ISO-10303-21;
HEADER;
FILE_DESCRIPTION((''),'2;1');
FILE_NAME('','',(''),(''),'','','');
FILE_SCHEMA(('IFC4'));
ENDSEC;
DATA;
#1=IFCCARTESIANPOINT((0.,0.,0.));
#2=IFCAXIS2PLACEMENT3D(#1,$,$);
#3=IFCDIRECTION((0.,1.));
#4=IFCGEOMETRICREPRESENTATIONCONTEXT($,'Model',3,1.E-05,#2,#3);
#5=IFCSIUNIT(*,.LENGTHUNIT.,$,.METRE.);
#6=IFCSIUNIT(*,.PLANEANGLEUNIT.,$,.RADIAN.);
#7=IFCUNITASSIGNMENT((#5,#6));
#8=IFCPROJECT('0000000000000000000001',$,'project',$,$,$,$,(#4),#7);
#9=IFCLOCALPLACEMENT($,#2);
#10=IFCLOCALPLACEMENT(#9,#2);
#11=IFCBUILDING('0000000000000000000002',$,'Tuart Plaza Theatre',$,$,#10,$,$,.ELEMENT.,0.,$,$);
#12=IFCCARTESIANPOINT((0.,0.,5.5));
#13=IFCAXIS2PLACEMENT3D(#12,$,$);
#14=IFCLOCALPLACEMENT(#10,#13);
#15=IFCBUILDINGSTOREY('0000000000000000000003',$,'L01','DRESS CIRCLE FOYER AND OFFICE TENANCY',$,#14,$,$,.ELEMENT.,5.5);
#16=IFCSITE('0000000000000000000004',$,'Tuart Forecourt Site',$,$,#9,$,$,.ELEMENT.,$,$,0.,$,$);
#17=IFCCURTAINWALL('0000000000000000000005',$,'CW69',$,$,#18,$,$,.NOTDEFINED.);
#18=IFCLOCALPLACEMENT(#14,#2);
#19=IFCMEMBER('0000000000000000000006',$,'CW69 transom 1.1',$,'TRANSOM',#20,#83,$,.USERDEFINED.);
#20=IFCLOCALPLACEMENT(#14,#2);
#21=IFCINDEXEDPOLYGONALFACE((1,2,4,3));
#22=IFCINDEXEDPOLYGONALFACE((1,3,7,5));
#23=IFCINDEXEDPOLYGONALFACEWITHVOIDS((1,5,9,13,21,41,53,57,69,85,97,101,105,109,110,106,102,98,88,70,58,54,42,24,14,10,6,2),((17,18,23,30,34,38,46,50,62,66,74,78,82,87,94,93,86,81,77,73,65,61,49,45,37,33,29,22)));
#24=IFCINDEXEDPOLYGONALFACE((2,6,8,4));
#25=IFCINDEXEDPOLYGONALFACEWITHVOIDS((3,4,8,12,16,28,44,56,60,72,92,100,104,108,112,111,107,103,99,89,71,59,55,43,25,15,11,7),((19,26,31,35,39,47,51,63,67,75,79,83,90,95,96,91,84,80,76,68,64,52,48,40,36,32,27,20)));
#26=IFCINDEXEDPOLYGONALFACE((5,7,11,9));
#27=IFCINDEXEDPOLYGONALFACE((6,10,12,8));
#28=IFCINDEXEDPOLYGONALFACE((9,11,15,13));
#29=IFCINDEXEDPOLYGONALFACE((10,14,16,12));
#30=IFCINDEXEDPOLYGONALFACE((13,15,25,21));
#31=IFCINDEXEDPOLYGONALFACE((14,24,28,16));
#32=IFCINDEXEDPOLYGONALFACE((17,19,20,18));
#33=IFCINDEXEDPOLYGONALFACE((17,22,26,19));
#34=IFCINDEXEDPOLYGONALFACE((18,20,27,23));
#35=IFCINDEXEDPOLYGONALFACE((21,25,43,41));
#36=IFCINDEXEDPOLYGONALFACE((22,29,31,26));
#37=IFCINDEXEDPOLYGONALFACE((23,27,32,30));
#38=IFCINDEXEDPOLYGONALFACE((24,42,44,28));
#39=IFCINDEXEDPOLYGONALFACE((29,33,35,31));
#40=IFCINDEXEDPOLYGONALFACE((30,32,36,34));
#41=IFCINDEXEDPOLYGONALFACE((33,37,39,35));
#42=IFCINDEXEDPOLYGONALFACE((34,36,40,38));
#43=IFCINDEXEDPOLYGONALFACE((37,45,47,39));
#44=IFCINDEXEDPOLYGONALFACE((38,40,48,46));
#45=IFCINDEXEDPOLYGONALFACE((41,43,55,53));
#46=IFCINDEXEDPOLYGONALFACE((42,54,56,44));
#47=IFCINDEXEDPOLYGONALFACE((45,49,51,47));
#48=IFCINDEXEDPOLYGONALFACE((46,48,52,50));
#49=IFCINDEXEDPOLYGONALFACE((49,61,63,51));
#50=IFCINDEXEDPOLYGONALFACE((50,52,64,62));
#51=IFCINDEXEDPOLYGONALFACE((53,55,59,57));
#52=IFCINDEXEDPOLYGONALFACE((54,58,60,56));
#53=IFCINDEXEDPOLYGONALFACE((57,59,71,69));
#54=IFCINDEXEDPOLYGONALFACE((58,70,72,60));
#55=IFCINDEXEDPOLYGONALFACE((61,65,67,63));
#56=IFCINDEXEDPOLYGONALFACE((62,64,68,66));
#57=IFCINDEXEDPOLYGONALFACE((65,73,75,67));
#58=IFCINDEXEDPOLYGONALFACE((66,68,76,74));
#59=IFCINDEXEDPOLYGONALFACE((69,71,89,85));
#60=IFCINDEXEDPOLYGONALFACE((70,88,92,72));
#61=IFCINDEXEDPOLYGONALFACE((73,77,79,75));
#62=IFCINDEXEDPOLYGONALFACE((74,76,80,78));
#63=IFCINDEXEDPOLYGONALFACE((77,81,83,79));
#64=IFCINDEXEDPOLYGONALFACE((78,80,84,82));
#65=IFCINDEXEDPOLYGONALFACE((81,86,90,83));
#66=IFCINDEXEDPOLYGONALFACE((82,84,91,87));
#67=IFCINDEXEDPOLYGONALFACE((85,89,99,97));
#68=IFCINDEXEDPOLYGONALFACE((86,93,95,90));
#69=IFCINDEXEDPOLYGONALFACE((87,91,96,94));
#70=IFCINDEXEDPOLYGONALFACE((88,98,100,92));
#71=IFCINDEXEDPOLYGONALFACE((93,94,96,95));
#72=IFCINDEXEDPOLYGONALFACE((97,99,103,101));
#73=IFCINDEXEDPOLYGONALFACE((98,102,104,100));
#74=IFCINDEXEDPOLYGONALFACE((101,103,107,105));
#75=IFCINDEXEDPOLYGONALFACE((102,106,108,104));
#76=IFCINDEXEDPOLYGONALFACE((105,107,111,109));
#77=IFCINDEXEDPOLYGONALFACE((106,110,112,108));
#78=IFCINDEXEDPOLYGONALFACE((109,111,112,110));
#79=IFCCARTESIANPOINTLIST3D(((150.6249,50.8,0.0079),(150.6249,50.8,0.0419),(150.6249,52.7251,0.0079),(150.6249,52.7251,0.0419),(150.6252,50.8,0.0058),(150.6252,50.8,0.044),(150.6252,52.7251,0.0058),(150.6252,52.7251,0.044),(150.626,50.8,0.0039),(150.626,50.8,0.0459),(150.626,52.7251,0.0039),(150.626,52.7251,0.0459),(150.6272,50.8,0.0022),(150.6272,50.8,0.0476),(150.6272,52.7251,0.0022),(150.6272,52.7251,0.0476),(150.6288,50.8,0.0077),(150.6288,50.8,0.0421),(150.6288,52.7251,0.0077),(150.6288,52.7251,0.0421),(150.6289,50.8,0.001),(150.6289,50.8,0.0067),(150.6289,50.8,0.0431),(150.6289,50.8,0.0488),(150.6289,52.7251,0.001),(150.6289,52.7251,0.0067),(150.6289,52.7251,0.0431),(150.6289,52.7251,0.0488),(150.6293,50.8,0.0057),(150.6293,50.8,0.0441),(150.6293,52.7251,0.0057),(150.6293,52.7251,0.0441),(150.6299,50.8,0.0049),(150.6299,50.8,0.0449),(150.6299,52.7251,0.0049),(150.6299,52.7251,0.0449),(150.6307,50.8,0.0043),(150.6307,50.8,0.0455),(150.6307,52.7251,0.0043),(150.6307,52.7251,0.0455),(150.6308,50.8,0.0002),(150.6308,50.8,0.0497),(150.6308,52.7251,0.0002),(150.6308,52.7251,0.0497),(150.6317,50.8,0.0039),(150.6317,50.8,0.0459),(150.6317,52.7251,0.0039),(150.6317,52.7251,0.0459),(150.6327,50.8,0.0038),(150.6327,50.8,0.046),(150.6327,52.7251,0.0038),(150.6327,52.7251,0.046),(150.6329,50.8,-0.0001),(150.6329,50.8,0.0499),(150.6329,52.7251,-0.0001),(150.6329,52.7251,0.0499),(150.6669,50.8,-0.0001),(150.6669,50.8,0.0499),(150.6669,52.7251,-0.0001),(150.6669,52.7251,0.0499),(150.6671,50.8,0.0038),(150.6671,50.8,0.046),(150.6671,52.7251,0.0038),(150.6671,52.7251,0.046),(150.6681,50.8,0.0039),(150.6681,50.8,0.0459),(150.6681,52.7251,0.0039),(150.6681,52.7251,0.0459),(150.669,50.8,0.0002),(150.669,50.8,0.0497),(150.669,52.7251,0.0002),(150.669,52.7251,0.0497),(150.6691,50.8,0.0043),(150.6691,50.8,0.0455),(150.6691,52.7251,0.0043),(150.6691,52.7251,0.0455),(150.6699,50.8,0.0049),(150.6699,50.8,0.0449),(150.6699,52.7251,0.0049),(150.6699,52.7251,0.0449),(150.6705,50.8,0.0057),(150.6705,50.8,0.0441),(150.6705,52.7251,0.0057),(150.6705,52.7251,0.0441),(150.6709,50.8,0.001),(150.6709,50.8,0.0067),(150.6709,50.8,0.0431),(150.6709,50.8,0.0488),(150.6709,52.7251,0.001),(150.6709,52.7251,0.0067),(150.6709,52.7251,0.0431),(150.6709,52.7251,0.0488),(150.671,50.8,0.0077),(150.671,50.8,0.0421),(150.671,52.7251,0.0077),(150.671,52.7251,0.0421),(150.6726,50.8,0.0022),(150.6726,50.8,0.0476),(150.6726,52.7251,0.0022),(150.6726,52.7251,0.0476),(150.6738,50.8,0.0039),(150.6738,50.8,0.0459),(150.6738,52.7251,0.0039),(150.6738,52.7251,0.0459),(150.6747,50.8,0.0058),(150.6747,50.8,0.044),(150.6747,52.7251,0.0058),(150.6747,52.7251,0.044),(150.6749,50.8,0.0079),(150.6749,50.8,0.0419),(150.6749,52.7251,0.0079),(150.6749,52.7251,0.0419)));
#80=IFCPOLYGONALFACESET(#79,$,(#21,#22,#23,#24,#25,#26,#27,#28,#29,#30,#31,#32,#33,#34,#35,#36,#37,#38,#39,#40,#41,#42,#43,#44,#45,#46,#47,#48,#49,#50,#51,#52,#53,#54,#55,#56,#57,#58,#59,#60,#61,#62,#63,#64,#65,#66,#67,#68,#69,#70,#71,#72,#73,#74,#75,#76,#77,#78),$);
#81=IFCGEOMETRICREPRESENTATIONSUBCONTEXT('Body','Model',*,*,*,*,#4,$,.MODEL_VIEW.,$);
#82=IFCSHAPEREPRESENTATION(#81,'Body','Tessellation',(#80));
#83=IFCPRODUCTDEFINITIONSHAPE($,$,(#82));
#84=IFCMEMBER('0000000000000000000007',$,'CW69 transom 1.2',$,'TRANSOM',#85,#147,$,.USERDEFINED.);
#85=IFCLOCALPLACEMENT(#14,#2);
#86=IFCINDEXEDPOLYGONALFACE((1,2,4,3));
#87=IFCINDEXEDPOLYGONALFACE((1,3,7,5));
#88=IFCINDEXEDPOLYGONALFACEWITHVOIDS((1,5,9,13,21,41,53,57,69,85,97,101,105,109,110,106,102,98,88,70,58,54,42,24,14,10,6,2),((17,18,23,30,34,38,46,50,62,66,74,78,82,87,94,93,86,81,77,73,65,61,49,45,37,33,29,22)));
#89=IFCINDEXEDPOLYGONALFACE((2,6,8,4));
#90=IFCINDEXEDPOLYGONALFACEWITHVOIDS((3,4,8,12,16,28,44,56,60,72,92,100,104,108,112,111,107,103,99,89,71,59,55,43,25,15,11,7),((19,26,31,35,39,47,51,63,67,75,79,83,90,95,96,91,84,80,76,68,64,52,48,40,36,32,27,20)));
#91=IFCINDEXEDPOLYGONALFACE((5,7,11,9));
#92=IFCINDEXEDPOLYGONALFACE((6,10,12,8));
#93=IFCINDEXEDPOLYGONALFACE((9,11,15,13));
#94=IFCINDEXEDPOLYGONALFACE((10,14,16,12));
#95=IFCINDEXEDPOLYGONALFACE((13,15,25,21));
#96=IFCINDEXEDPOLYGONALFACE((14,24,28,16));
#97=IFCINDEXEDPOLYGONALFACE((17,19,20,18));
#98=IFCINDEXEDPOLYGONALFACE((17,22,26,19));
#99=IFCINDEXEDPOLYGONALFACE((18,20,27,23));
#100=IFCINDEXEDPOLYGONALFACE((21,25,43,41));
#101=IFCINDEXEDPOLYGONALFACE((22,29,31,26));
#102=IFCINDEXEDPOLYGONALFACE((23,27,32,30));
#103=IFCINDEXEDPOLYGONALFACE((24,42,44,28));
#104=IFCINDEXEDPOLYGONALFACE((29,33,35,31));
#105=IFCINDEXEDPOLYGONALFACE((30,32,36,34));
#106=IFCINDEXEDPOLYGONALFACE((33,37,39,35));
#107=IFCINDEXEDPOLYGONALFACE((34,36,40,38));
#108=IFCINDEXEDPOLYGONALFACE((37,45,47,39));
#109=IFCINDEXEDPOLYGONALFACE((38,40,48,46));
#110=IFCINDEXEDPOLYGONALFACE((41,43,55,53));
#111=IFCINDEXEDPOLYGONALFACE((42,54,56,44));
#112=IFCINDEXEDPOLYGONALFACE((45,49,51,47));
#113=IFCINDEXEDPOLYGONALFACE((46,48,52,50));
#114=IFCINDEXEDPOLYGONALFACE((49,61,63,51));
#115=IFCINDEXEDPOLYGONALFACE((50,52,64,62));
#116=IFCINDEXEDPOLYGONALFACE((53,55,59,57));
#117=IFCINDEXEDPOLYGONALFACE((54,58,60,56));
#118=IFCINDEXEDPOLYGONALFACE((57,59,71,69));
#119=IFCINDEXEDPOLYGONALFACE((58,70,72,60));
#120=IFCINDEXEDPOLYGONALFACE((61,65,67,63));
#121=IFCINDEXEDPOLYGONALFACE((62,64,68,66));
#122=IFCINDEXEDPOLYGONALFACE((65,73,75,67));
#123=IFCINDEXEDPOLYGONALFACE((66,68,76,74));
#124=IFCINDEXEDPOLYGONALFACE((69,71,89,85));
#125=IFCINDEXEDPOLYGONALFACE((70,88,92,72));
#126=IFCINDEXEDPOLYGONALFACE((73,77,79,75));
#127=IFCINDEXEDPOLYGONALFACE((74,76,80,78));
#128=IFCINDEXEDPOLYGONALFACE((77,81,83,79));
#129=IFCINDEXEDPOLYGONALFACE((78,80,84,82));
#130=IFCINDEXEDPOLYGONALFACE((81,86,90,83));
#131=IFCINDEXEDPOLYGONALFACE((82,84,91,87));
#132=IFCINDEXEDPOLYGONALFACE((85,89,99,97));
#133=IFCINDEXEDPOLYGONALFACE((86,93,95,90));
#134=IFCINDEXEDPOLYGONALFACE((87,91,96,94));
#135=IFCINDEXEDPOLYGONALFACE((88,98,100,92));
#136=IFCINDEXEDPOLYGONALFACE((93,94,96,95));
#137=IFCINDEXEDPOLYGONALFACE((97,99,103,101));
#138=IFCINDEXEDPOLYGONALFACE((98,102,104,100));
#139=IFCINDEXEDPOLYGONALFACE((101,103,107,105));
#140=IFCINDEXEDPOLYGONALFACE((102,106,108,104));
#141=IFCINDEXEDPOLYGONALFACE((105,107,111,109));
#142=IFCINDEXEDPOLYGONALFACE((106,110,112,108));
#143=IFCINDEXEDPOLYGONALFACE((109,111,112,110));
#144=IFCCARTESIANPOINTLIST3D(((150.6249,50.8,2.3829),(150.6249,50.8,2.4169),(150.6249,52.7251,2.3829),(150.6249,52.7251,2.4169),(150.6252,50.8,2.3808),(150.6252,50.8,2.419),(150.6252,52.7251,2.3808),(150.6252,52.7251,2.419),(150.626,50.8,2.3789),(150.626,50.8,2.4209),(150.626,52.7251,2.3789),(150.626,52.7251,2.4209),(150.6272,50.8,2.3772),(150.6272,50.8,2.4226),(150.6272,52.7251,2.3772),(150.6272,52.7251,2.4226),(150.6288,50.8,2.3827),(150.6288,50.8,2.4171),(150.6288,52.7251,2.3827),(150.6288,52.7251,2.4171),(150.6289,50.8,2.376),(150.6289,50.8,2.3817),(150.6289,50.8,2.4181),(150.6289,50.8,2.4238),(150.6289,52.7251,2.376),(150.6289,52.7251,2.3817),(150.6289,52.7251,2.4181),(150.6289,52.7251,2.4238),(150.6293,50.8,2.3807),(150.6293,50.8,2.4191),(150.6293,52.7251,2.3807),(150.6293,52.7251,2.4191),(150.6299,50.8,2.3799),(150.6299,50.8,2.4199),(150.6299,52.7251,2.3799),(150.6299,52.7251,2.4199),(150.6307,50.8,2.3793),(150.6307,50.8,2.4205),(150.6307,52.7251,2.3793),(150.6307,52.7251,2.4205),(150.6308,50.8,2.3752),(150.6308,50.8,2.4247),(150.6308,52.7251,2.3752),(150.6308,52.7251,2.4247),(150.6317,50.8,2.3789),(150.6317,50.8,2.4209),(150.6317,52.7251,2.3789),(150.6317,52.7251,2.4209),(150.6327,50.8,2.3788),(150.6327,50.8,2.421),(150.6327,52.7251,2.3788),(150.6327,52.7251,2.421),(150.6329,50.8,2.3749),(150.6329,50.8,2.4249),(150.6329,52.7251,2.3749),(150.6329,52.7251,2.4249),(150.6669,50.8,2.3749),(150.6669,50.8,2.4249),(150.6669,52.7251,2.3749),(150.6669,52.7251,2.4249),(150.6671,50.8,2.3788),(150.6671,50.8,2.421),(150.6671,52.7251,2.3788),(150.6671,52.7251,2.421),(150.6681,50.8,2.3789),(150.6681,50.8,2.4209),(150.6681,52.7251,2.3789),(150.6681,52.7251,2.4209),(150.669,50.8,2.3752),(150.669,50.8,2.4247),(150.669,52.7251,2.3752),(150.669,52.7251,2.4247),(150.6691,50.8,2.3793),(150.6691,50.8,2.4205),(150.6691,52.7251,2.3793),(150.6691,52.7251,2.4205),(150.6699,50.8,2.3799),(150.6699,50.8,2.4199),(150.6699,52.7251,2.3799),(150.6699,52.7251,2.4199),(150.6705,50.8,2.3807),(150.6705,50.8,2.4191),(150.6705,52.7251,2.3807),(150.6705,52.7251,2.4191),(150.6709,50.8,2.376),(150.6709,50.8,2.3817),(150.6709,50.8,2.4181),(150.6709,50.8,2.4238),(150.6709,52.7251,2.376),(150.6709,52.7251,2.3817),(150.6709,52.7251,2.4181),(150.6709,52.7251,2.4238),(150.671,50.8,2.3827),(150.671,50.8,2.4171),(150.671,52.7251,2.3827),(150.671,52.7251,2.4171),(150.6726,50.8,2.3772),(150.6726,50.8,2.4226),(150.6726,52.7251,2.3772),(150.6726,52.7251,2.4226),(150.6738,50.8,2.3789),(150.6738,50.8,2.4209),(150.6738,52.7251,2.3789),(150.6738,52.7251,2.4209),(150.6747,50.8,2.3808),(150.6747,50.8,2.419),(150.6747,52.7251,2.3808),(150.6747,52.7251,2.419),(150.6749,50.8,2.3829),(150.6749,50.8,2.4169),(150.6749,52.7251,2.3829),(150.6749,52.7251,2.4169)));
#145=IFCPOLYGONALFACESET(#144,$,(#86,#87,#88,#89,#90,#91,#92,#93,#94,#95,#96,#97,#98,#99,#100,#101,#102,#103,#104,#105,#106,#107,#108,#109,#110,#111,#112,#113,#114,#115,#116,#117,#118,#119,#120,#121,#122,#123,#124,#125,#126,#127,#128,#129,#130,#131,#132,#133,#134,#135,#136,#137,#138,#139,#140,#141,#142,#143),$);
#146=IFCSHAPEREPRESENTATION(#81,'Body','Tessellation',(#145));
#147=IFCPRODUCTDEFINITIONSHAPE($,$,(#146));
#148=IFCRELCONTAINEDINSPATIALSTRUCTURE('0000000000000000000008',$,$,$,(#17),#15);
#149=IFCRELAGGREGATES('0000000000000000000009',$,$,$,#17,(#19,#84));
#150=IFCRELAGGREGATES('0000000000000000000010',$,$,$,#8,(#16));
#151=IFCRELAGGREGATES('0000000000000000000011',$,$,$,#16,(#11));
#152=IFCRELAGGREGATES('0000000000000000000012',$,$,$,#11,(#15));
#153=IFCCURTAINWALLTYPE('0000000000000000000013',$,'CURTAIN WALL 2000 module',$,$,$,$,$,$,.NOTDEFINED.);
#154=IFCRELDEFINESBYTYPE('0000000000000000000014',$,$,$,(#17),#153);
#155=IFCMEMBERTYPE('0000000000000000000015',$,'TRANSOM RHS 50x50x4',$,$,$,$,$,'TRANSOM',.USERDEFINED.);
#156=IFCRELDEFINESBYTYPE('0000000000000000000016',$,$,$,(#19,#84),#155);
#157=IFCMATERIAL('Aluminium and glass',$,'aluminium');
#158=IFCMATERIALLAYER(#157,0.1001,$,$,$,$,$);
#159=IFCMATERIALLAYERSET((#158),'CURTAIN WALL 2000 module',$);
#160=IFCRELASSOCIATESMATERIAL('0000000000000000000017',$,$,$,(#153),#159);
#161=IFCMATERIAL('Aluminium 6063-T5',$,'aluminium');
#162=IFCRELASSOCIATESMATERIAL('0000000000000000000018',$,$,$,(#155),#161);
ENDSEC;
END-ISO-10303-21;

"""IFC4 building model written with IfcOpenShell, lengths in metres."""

from ifc_helpers import new_model, si_unit, direction, frame, origin, origin_2d, place, context, subcontext, project, spatial, hollow_rectangle, extrude, material, layer, layer_set, material_profile, profile_set, type_object, element, aggregate, save


model = new_model("IFC4")

# Units and contexts
model_context = context("Model", 3, precision=1e-05, world=origin(), true_north=direction((0.0, 1.0)))
body_context = subcontext(model_context, "Body", "Model", "MODEL_VIEW")
ifc_project = project(units=[si_unit("LENGTHUNIT", "METRE"), si_unit("PLANEANGLEUNIT", "RADIAN")], contexts=[model_context])

# Site, building, storey
site_placement = place(None, origin())
site = spatial("IfcSite", under=ifc_project, at=site_placement, Name="Tuart Forecourt Site", CompositionType="ELEMENT", RefElevation=0.0)
building_placement = place(site_placement, origin())
building = spatial("IfcBuilding", under=site, at=building_placement, Name="Tuart Plaza Theatre", CompositionType="ELEMENT", ElevationOfRefHeight=0.0)
storey_placement = place(building_placement, frame((0.0, 0.0, 5.5)))
storey = spatial("IfcBuildingStorey", under=building, at=storey_placement, Name="L01", Description="DRESS CIRCLE FOYER AND OFFICE TENANCY", CompositionType="ELEMENT", Elevation=5.5)

# Curtain wall, members
ifc_material_1 = material(Name="Aluminium and glass", Category="aluminium")
ifc_layer_1 = layer(ifc_material_1, 0.1001)
ifc_layer_set_1 = layer_set([ifc_layer_1], Name="CURTAIN WALL 2000 module")
curtain_wall_type = type_object("IfcCurtainWallType", Name="CURTAIN WALL 2000 module", PredefinedType="NOTDEFINED", material=ifc_layer_set_1)
curtain_wall_placement = place(storey_placement, origin())
curtain_wall = element("IfcCurtainWall", 1, at=curtain_wall_placement, inside=storey, type_object=curtain_wall_type, Name="CW69", PredefinedType="NOTDEFINED")
ifc_material_2 = material(Name="Aluminium 6063-T5", Category="aluminium")
ifc_material_profile_1 = material_profile(ifc_material_2, hollow_rectangle(XDim=0.05, YDim=0.05, WallThickness=0.0039, InnerFilletRadius=0.0039, OuterFilletRadius=0.0081, at=origin_2d()), Name="RHS 50x50x4")
ifc_profile_set_1 = profile_set([ifc_material_profile_1], Name="Aluminium 6063-T5")
member_type_1 = type_object("IfcMemberType", Name="TRANSOM RHS 50x50x4", ElementType="TRANSOM", PredefinedType="USERDEFINED", material=ifc_profile_set_1)
member_1_placement = place(storey_placement, frame((150.6499, 50.8, 0.0249), z_axis=(0.0, 1.0, 0.0), x_axis=(-1.0, 0.0, 0.0)))
member_1 = element("IfcMember", 2, at=member_1_placement, type_object=member_type_1, Name="CW69 transom 1.1", ObjectType="TRANSOM", PredefinedType="USERDEFINED", context=body_context, shape_type="SweptSolid", body=[
    extrude(hollow_rectangle(XDim=0.05, YDim=0.05, WallThickness=0.0039, InnerFilletRadius=0.0039, OuterFilletRadius=0.0081, at=origin_2d()), origin(), (0.0, 0.0, 1.0), 1.925),
])
member_2_placement = place(storey_placement, frame((150.6499, 50.8, 2.3999), z_axis=(0.0, 1.0, 0.0), x_axis=(-1.0, 0.0, 0.0)))
member_2 = element("IfcMember", 3, at=member_2_placement, type_object=member_type_1, Name="CW69 transom 1.2", ObjectType="TRANSOM", PredefinedType="USERDEFINED", context=body_context, shape_type="SweptSolid", body=[
    extrude(hollow_rectangle(XDim=0.05, YDim=0.05, WallThickness=0.0039, InnerFilletRadius=0.0039, OuterFilletRadius=0.0081, at=origin_2d()), origin(), (0.0, 0.0, 1.0), 1.925),
])
aggregate(curtain_wall, [member_1, member_2])

save(model, "model.ifc")
